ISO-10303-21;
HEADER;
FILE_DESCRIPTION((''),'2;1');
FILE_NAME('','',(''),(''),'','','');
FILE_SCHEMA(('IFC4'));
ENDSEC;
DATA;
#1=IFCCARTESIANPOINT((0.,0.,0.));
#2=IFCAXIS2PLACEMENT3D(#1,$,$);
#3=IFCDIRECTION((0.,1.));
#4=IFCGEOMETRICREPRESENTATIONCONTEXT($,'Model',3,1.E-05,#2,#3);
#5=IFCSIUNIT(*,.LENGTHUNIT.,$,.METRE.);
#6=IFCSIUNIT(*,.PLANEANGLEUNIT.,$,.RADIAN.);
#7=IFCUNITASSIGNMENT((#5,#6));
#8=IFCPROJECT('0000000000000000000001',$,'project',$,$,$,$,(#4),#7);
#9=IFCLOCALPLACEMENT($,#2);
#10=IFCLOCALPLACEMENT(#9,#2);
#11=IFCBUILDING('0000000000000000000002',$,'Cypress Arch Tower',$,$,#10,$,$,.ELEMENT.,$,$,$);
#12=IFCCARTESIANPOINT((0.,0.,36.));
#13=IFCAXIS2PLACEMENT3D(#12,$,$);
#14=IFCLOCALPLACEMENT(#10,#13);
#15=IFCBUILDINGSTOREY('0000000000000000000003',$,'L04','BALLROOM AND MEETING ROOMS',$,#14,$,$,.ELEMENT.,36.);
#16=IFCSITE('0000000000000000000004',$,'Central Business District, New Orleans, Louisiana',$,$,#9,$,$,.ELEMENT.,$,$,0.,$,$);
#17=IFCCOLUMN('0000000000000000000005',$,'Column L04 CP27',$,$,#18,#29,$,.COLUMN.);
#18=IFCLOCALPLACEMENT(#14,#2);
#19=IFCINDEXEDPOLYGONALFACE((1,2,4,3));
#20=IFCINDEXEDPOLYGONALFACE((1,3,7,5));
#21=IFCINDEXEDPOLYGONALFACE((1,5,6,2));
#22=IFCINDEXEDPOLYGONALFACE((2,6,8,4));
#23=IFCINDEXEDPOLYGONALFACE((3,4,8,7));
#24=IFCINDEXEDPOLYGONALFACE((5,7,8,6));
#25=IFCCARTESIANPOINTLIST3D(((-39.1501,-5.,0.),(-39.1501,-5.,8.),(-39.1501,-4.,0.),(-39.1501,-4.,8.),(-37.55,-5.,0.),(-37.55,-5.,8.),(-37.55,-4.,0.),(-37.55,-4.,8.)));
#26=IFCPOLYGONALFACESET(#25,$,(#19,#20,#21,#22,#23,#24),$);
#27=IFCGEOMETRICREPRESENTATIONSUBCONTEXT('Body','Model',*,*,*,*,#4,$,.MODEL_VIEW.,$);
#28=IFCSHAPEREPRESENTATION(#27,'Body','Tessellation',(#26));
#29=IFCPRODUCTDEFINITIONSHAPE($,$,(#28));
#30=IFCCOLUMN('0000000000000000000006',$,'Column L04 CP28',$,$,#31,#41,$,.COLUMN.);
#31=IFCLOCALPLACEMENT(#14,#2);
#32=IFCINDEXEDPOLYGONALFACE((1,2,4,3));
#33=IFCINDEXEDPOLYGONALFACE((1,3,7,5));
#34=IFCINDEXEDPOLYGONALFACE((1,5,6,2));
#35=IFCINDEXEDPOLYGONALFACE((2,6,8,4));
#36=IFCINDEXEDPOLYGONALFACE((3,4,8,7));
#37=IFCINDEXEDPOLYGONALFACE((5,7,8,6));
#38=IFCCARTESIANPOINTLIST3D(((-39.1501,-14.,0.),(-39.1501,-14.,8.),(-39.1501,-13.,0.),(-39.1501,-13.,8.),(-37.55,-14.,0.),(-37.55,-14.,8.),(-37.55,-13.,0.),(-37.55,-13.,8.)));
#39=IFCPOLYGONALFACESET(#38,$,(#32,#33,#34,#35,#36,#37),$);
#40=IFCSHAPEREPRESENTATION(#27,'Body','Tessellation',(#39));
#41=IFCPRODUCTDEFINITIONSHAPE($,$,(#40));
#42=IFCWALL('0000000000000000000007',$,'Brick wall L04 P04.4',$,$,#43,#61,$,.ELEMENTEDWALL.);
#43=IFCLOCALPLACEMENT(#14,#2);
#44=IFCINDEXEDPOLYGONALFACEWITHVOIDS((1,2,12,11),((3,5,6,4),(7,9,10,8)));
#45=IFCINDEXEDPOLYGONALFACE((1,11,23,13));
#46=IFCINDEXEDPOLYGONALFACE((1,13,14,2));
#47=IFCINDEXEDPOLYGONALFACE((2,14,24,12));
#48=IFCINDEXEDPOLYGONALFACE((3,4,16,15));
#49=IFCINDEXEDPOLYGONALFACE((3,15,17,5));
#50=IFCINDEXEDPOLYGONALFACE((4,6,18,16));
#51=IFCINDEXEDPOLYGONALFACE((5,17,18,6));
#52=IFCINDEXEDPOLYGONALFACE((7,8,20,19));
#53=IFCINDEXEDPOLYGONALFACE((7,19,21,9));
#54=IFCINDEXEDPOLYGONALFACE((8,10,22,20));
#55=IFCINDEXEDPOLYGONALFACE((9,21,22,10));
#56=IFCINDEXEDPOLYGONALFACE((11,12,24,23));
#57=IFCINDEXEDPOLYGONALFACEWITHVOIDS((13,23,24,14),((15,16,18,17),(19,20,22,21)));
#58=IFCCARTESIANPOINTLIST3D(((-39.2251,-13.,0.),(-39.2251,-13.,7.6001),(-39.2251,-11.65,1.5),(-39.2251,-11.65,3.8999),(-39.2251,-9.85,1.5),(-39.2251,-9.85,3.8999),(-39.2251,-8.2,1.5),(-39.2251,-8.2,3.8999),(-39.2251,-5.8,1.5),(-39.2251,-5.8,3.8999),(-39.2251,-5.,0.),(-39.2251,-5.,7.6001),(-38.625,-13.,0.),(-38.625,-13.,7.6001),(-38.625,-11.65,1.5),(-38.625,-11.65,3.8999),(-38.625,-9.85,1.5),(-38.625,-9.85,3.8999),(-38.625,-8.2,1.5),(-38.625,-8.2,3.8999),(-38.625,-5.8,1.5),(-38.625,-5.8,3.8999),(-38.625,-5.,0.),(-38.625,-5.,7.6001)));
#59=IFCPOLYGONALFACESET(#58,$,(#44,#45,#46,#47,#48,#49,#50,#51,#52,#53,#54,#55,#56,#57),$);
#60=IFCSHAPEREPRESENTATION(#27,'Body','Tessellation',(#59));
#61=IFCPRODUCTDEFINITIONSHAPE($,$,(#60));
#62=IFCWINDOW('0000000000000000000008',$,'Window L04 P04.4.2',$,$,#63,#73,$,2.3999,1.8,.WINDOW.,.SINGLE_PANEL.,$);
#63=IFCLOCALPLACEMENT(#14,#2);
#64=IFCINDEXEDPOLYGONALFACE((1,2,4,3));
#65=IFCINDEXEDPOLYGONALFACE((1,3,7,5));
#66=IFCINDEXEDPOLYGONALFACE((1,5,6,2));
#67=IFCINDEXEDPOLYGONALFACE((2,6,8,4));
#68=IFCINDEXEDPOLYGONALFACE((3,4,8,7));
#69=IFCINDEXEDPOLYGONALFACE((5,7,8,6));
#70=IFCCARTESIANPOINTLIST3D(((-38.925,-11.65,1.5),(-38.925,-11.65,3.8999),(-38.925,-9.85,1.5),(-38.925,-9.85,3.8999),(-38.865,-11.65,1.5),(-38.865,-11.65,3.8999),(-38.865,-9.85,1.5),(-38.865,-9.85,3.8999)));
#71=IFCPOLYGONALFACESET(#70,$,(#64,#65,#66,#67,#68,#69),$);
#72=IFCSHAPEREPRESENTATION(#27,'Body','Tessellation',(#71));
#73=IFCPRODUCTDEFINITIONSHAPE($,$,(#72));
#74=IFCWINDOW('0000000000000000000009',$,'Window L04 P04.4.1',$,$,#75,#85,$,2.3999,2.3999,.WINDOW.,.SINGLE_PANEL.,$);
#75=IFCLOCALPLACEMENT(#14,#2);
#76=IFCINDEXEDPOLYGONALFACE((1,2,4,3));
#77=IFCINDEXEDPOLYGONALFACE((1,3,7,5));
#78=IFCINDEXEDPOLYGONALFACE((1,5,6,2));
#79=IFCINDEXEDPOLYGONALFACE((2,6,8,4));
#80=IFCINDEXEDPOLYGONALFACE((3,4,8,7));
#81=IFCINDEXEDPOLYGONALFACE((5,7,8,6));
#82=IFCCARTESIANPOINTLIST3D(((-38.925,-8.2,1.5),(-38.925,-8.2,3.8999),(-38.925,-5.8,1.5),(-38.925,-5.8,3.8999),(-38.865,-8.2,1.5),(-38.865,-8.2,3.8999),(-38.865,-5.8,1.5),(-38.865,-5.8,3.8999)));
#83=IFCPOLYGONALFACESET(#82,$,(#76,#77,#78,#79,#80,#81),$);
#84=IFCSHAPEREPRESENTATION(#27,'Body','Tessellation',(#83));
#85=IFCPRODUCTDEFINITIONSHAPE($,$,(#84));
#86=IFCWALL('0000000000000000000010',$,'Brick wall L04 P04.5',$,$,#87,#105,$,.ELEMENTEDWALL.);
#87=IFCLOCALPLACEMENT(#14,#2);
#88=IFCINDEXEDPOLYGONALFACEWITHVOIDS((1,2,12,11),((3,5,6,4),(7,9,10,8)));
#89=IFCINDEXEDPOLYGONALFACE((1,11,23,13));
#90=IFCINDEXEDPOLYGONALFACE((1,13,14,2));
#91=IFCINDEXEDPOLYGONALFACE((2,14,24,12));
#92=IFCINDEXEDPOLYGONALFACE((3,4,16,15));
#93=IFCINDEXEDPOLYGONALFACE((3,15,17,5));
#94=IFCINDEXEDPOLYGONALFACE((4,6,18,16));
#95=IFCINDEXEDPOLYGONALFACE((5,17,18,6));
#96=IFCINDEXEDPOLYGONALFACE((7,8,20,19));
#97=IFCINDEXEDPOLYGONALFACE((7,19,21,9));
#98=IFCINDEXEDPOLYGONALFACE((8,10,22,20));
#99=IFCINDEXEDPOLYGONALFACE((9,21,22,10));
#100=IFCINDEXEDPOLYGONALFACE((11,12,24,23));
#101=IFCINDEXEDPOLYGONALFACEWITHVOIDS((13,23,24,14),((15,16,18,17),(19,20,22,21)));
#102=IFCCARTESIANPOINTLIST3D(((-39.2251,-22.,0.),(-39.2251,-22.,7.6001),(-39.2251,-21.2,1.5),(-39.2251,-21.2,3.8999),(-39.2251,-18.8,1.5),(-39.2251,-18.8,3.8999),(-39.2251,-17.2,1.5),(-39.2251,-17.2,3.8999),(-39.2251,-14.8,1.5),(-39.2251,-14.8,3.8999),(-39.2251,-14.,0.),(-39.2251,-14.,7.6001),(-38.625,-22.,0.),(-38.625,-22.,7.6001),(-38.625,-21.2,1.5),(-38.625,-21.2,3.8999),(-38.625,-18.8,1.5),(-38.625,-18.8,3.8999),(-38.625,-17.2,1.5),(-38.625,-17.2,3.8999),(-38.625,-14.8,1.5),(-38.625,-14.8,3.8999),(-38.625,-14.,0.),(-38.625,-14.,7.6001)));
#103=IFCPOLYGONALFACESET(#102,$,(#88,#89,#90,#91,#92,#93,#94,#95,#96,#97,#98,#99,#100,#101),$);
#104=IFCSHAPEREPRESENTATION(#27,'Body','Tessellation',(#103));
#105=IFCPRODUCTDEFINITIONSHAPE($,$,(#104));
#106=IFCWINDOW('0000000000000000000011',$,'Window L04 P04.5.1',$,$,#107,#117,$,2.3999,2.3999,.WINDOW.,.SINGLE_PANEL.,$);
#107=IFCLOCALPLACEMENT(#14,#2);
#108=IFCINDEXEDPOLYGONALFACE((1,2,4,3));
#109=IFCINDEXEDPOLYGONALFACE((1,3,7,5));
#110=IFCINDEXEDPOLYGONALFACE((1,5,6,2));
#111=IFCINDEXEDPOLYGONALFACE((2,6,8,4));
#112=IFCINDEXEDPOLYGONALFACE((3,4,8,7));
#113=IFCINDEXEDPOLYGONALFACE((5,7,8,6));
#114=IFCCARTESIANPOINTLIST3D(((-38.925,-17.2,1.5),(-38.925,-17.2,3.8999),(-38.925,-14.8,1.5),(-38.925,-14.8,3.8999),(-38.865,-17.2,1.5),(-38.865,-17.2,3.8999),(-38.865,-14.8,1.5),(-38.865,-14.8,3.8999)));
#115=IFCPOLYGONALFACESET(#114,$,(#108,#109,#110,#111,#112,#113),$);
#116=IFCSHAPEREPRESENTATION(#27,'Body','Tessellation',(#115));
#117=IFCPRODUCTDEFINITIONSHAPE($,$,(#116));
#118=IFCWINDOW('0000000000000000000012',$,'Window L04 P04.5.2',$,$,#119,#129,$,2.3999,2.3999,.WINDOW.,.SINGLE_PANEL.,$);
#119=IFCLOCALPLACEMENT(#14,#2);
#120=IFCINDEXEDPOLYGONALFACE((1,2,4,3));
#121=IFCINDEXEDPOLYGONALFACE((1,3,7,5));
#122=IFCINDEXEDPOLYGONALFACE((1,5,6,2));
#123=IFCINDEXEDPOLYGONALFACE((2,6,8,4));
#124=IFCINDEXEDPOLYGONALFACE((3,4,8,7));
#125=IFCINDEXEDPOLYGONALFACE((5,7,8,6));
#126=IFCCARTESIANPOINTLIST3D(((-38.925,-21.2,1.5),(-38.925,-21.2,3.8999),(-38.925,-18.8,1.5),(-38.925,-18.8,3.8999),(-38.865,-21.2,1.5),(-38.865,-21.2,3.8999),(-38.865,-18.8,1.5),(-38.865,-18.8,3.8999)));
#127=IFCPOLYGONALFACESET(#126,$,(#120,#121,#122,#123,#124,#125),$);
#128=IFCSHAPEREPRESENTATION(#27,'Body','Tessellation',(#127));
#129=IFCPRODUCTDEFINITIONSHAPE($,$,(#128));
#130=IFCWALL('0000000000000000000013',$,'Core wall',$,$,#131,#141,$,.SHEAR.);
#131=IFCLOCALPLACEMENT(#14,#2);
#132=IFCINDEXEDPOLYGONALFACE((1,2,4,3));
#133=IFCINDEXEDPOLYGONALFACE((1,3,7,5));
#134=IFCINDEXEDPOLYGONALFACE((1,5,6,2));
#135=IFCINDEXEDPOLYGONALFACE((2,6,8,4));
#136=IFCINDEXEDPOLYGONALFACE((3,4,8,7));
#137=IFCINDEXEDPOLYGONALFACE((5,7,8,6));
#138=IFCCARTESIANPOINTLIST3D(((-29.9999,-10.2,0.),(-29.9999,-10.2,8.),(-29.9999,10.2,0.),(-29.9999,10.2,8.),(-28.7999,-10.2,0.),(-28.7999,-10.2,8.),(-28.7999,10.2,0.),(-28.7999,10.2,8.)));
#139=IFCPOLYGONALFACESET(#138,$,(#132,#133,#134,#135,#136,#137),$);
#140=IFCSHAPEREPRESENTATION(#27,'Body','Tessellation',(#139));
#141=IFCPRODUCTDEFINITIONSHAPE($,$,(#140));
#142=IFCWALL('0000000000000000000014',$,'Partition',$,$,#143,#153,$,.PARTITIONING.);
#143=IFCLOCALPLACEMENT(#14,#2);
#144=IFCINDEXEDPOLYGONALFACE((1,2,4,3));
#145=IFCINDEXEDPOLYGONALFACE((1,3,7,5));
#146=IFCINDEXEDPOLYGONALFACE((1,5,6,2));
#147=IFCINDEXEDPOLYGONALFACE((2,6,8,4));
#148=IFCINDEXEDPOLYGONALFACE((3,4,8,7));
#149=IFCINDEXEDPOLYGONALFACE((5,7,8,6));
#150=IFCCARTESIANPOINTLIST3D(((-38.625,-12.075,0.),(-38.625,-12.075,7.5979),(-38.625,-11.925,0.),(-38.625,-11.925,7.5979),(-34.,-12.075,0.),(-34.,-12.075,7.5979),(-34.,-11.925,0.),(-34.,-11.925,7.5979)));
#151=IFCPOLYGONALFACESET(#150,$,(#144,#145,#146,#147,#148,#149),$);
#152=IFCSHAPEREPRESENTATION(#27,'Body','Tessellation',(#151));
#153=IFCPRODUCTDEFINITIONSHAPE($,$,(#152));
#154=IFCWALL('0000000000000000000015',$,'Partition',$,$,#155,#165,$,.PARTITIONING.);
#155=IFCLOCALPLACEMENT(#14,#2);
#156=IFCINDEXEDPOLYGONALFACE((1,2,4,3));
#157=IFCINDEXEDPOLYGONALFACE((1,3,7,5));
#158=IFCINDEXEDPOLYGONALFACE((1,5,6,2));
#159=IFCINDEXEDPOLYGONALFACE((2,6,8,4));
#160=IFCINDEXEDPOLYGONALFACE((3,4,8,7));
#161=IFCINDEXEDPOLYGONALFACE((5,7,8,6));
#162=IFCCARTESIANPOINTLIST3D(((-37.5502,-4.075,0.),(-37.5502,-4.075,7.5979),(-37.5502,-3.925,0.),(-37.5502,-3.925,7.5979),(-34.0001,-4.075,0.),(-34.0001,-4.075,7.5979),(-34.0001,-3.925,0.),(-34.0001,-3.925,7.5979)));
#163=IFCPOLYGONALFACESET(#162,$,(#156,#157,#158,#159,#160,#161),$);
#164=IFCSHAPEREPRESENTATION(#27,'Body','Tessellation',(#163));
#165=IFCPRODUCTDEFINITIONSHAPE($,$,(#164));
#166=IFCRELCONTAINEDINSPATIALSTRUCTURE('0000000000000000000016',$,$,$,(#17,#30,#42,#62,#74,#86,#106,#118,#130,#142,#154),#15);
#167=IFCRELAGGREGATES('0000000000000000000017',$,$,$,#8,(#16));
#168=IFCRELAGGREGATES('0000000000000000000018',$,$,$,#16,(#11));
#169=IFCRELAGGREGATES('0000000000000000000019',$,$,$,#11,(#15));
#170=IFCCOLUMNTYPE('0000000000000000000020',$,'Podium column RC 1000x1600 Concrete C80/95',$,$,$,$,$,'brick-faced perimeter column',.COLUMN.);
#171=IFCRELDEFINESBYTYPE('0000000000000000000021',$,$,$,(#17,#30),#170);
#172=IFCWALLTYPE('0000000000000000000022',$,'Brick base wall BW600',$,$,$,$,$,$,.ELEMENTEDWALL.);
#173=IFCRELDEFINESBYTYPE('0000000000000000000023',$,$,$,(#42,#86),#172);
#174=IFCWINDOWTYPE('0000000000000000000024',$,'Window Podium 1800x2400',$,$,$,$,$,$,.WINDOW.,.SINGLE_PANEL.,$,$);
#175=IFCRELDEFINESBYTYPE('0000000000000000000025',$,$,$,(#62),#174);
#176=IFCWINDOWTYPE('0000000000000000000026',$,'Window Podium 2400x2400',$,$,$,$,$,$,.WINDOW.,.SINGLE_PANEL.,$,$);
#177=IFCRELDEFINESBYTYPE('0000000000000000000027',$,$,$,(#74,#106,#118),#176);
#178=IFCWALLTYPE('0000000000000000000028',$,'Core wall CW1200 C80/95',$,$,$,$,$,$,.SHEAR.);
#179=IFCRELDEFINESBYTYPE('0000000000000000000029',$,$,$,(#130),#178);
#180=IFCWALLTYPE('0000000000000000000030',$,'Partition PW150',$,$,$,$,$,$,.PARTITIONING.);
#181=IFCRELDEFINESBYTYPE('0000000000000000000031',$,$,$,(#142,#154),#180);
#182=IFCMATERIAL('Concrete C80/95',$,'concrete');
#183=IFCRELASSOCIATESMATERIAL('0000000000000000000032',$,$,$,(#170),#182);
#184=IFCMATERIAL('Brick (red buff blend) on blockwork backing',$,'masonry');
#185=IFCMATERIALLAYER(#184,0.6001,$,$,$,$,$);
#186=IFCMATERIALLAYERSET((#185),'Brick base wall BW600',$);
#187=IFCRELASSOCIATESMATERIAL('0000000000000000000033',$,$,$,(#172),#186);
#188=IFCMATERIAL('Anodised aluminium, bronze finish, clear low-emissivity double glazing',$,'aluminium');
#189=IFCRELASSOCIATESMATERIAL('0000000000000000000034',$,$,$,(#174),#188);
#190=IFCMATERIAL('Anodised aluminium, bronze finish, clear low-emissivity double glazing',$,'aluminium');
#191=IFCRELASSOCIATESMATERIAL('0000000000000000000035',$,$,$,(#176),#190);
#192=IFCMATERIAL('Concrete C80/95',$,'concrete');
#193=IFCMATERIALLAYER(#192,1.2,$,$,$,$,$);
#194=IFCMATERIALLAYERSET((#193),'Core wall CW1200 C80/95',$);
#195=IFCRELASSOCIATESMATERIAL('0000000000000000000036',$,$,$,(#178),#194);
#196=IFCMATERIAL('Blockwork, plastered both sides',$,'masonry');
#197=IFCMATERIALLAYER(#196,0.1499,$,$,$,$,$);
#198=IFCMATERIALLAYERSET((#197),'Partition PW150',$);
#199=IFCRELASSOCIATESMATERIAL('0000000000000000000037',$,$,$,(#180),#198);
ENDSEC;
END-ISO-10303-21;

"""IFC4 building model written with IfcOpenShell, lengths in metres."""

from ifc_helpers import new_model, si_unit, direction, frame, frame_2d, origin, origin_2d, place, context, subcontext, project, spatial, rectangle, extrude, material, layer, layer_set, material_profile, profile_set, type_object, element, fill, save


model = new_model("IFC4")

# Units and contexts
model_context = context("Model", 3, precision=1e-05, world=origin(), true_north=direction((0.0, 1.0)))
body_context = subcontext(model_context, "Body", "Model", "MODEL_VIEW")
ifc_project = project(units=[si_unit("LENGTHUNIT", "METRE"), si_unit("PLANEANGLEUNIT", "RADIAN")], contexts=[model_context])

# Site, building, storey
site_placement = place(None, origin())
site = spatial("IfcSite", under=ifc_project, at=site_placement, Name="Central Business District, New Orleans, Louisiana", CompositionType="ELEMENT", RefElevation=0.0)
building_placement = place(site_placement, origin())
building = spatial("IfcBuilding", under=site, at=building_placement, Name="Cypress Arch Tower", CompositionType="ELEMENT")
storey_placement = place(building_placement, frame((0.0, 0.0, 36.0)))
storey = spatial("IfcBuildingStorey", under=building, at=storey_placement, Name="L04", Description="BALLROOM AND MEETING ROOMS", CompositionType="ELEMENT", Elevation=36.0)

# Columns
ifc_material_1 = material(Name="Concrete C80/95", Category="concrete")
ifc_material_profile = material_profile(ifc_material_1, rectangle(XDim=1.0, YDim=1.6001, at=origin_2d()), Name="RC 1000x1600")
ifc_profile_set = profile_set([ifc_material_profile], Name="Concrete C80/95")
column_type = type_object("IfcColumnType", Name="Podium column RC 1000x1600 Concrete C80/95", ElementType="brick-faced perimeter column", PredefinedType="COLUMN", material=ifc_profile_set)
for number, where, z_axis, x_axis, name in (
    (1, (-38.3501, -4.5, 0.0), (0.0, 0.0, 1.0), (0.0, -1.0, 0.0), "Column L04 CP27"),
    (2, (-38.3501, -13.5, 0.0), (0.0, 0.0, 1.0), (0.0, -1.0, 0.0), "Column L04 CP28"),
):
    element("IfcColumn", number, at=place(storey_placement, frame(where, z_axis=z_axis, x_axis=x_axis)), inside=storey, type_object=column_type, Name=name, PredefinedType="COLUMN", context=body_context, shape_type="SweptSolid", body=[
        extrude(rectangle(XDim=1.0, YDim=1.6001, at=origin_2d()), origin(), (0.0, 0.0, 1.0), 8.0),
    ])

# Walls, openings, windows
ifc_material_2 = material(Name="Brick (red buff blend) on blockwork backing", Category="masonry")
ifc_layer_1 = layer(ifc_material_2, 0.6001)
ifc_layer_set_1 = layer_set([ifc_layer_1], Name="Brick base wall BW600")
wall_type_1 = type_object("IfcWallType", Name="Brick base wall BW600", PredefinedType="ELEMENTEDWALL", material=ifc_layer_set_1)
wall_1_placement = place(storey_placement, frame((-38.925, -5.0, 0.0), z_axis=(0.0, 0.0, 1.0), x_axis=(0.0, -1.0, 0.0)))
wall_1 = element("IfcWall", 3, at=wall_1_placement, inside=storey, type_object=wall_type_1, Name="Brick wall L04 P04.4", PredefinedType="ELEMENTEDWALL", context=body_context, shape_type="SweptSolid", body=[
    extrude(rectangle(XDim=8.0, YDim=0.6001, at=frame_2d((4.0, 0.0))), origin(), (0.0, 0.0, 1.0), 7.6001),
])
opening_1_placement = place(wall_1_placement, frame((0.8, 0.0, 1.5)))
opening_1 = element("IfcOpeningElement", 4, at=opening_1_placement, cuts=wall_1, PredefinedType="OPENING", context=body_context, shape_type="SweptSolid", body=[
    extrude(rectangle(XDim=2.3999, YDim=2.3999, at=frame_2d((1.2, 1.2))), frame((0.0, 0.3101, 0.0), z_axis=(0.0, -1.0, 0.0), x_axis=(1.0, 0.0, 0.0)), (0.0, 0.0, 1.0), 0.6201),
])
opening_2_placement = place(wall_1_placement, frame((4.8501, 0.0, 1.5)))
opening_2 = element("IfcOpeningElement", 5, at=opening_2_placement, cuts=wall_1, PredefinedType="OPENING", context=body_context, shape_type="SweptSolid", body=[
    extrude(rectangle(XDim=1.8, YDim=2.3999, at=frame_2d((0.8999, 1.2))), frame((0.0, 0.3101, 0.0), z_axis=(0.0, -1.0, 0.0), x_axis=(1.0, 0.0, 0.0)), (0.0, 0.0, 1.0), 0.6201),
])
ifc_material_3 = material(Name="Anodised aluminium, bronze finish, clear low-emissivity double glazing", Category="aluminium")
window_type_1 = type_object("IfcWindowType", Name="Window Podium 1800x2400", PartitioningType="SINGLE_PANEL", PredefinedType="WINDOW", material=ifc_material_3)
window_1_placement = place(opening_2_placement, origin())
window_1 = element("IfcWindow", 6, at=window_1_placement, inside=storey, type_object=window_type_1, Name="Window L04 P04.4.2", OverallHeight=2.3999, OverallWidth=1.8, PartitioningType="SINGLE_PANEL", PredefinedType="WINDOW", context=body_context, shape_type="SweptSolid", body=[
    extrude(rectangle(XDim=1.8, YDim=2.3999, at=frame_2d((0.8999, 1.2))), frame((0.0, 0.0601, 0.0), z_axis=(0.0, -1.0, 0.0), x_axis=(1.0, 0.0, 0.0)), (0.0, 0.0, 1.0), 0.0601),
])
fill(opening_2, window_1)
ifc_material_4 = material(Name="Anodised aluminium, bronze finish, clear low-emissivity double glazing", Category="aluminium")
window_type_2 = type_object("IfcWindowType", Name="Window Podium 2400x2400", PartitioningType="SINGLE_PANEL", PredefinedType="WINDOW", material=ifc_material_4)
window_2_placement = place(opening_1_placement, origin())
window_2 = element("IfcWindow", 7, at=window_2_placement, inside=storey, type_object=window_type_2, Name="Window L04 P04.4.1", OverallHeight=2.3999, OverallWidth=2.3999, PartitioningType="SINGLE_PANEL", PredefinedType="WINDOW", context=body_context, shape_type="SweptSolid", body=[
    extrude(rectangle(XDim=2.3999, YDim=2.3999, at=frame_2d((1.2, 1.2))), frame((0.0, 0.0601, 0.0), z_axis=(0.0, -1.0, 0.0), x_axis=(1.0, 0.0, 0.0)), (0.0, 0.0, 1.0), 0.0601),
])
fill(opening_1, window_2)
wall_2_placement = place(storey_placement, frame((-38.925, -14.0, 0.0), z_axis=(0.0, 0.0, 1.0), x_axis=(0.0, -1.0, 0.0)))
wall_2 = element("IfcWall", 8, at=wall_2_placement, inside=storey, type_object=wall_type_1, Name="Brick wall L04 P04.5", PredefinedType="ELEMENTEDWALL", context=body_context, shape_type="SweptSolid", body=[
    extrude(rectangle(XDim=8.0, YDim=0.6001, at=frame_2d((4.0, 0.0))), origin(), (0.0, 0.0, 1.0), 7.6001),
])
opening_3_placement = place(wall_2_placement, frame((0.8, 0.0, 1.5)))
opening_3 = element("IfcOpeningElement", 9, at=opening_3_placement, cuts=wall_2, PredefinedType="OPENING", context=body_context, shape_type="SweptSolid", body=[
    extrude(rectangle(XDim=2.3999, YDim=2.3999, at=frame_2d((1.2, 1.2))), frame((0.0, 0.3101, 0.0), z_axis=(0.0, -1.0, 0.0), x_axis=(1.0, 0.0, 0.0)), (0.0, 0.0, 1.0), 0.6201),
])
opening_4_placement = place(wall_2_placement, frame((4.8, 0.0, 1.5)))
opening_4 = element("IfcOpeningElement", 10, at=opening_4_placement, cuts=wall_2, PredefinedType="OPENING", context=body_context, shape_type="SweptSolid", body=[
    extrude(rectangle(XDim=2.3999, YDim=2.3999, at=frame_2d((1.2, 1.2))), frame((0.0, 0.3101, 0.0), z_axis=(0.0, -1.0, 0.0), x_axis=(1.0, 0.0, 0.0)), (0.0, 0.0, 1.0), 0.6201),
])
window_3_placement = place(opening_3_placement, origin())
window_3 = element("IfcWindow", 11, at=window_3_placement, inside=storey, type_object=window_type_2, Name="Window L04 P04.5.1", OverallHeight=2.3999, OverallWidth=2.3999, PartitioningType="SINGLE_PANEL", PredefinedType="WINDOW", context=body_context, shape_type="SweptSolid", body=[
    extrude(rectangle(XDim=2.3999, YDim=2.3999, at=frame_2d((1.2, 1.2))), frame((0.0, 0.0601, 0.0), z_axis=(0.0, -1.0, 0.0), x_axis=(1.0, 0.0, 0.0)), (0.0, 0.0, 1.0), 0.0601),
])
fill(opening_3, window_3)
window_4_placement = place(opening_4_placement, origin())
window_4 = element("IfcWindow", 12, at=window_4_placement, inside=storey, type_object=window_type_2, Name="Window L04 P04.5.2", OverallHeight=2.3999, OverallWidth=2.3999, PartitioningType="SINGLE_PANEL", PredefinedType="WINDOW", context=body_context, shape_type="SweptSolid", body=[
    extrude(rectangle(XDim=2.3999, YDim=2.3999, at=frame_2d((1.2, 1.2))), frame((0.0, 0.0601, 0.0), z_axis=(0.0, -1.0, 0.0), x_axis=(1.0, 0.0, 0.0)), (0.0, 0.0, 1.0), 0.0601),
])
fill(opening_4, window_4)

# Walls
ifc_material_5 = material(Name="Concrete C80/95", Category="concrete")
ifc_layer_2 = layer(ifc_material_5, 1.2)
ifc_layer_set_2 = layer_set([ifc_layer_2], Name="Core wall CW1200 C80/95")
wall_type_2 = type_object("IfcWallType", Name="Core wall CW1200 C80/95", PredefinedType="SHEAR", material=ifc_layer_set_2)
wall_3_placement = place(storey_placement, frame((-29.3999, -10.2, 0.0), z_axis=(0.0, 0.0, 1.0), x_axis=(0.0, 1.0, 0.0)))
element("IfcWall", 13, at=wall_3_placement, inside=storey, type_object=wall_type_2, Name="Core wall", PredefinedType="SHEAR", context=body_context, shape_type="SweptSolid", body=[
    extrude(rectangle(XDim=20.3999, YDim=1.2, at=frame_2d((10.2, 0.0))), origin(), (0.0, 0.0, 1.0), 8.0),
])
ifc_material_6 = material(Name="Blockwork, plastered both sides", Category="masonry")
ifc_layer_3 = layer(ifc_material_6, 0.1499)
ifc_layer_set_3 = layer_set([ifc_layer_3], Name="Partition PW150")
wall_type_3 = type_object("IfcWallType", Name="Partition PW150", PredefinedType="PARTITIONING", material=ifc_layer_set_3)
wall_4_placement = place(storey_placement, frame((-38.625, -12.0, 0.0), z_axis=(0.0, 0.0, 1.0), x_axis=(1.0, 0.0, 0.0)))
element("IfcWall", 14, at=wall_4_placement, inside=storey, type_object=wall_type_3, Name="Partition", PredefinedType="PARTITIONING", context=body_context, shape_type="SweptSolid", body=[
    extrude(rectangle(XDim=4.625, YDim=0.1499, at=frame_2d((2.3125, 0.0))), origin(), (0.0, 0.0, 1.0), 7.5979),
])
wall_5_placement = place(storey_placement, frame((-37.55, -4.0, 0.0), z_axis=(0.0, 0.0, 1.0), x_axis=(1.0, 0.0, 0.0)))
element("IfcWall", 15, at=wall_5_placement, inside=storey, type_object=wall_type_3, Name="Partition", PredefinedType="PARTITIONING", context=body_context, shape_type="SweptSolid", body=[
    extrude(rectangle(XDim=3.55, YDim=0.1499, at=frame_2d((1.7749, 0.0))), origin(), (0.0, 0.0, 1.0), 7.5979),
])

save(model, "model.ifc")
